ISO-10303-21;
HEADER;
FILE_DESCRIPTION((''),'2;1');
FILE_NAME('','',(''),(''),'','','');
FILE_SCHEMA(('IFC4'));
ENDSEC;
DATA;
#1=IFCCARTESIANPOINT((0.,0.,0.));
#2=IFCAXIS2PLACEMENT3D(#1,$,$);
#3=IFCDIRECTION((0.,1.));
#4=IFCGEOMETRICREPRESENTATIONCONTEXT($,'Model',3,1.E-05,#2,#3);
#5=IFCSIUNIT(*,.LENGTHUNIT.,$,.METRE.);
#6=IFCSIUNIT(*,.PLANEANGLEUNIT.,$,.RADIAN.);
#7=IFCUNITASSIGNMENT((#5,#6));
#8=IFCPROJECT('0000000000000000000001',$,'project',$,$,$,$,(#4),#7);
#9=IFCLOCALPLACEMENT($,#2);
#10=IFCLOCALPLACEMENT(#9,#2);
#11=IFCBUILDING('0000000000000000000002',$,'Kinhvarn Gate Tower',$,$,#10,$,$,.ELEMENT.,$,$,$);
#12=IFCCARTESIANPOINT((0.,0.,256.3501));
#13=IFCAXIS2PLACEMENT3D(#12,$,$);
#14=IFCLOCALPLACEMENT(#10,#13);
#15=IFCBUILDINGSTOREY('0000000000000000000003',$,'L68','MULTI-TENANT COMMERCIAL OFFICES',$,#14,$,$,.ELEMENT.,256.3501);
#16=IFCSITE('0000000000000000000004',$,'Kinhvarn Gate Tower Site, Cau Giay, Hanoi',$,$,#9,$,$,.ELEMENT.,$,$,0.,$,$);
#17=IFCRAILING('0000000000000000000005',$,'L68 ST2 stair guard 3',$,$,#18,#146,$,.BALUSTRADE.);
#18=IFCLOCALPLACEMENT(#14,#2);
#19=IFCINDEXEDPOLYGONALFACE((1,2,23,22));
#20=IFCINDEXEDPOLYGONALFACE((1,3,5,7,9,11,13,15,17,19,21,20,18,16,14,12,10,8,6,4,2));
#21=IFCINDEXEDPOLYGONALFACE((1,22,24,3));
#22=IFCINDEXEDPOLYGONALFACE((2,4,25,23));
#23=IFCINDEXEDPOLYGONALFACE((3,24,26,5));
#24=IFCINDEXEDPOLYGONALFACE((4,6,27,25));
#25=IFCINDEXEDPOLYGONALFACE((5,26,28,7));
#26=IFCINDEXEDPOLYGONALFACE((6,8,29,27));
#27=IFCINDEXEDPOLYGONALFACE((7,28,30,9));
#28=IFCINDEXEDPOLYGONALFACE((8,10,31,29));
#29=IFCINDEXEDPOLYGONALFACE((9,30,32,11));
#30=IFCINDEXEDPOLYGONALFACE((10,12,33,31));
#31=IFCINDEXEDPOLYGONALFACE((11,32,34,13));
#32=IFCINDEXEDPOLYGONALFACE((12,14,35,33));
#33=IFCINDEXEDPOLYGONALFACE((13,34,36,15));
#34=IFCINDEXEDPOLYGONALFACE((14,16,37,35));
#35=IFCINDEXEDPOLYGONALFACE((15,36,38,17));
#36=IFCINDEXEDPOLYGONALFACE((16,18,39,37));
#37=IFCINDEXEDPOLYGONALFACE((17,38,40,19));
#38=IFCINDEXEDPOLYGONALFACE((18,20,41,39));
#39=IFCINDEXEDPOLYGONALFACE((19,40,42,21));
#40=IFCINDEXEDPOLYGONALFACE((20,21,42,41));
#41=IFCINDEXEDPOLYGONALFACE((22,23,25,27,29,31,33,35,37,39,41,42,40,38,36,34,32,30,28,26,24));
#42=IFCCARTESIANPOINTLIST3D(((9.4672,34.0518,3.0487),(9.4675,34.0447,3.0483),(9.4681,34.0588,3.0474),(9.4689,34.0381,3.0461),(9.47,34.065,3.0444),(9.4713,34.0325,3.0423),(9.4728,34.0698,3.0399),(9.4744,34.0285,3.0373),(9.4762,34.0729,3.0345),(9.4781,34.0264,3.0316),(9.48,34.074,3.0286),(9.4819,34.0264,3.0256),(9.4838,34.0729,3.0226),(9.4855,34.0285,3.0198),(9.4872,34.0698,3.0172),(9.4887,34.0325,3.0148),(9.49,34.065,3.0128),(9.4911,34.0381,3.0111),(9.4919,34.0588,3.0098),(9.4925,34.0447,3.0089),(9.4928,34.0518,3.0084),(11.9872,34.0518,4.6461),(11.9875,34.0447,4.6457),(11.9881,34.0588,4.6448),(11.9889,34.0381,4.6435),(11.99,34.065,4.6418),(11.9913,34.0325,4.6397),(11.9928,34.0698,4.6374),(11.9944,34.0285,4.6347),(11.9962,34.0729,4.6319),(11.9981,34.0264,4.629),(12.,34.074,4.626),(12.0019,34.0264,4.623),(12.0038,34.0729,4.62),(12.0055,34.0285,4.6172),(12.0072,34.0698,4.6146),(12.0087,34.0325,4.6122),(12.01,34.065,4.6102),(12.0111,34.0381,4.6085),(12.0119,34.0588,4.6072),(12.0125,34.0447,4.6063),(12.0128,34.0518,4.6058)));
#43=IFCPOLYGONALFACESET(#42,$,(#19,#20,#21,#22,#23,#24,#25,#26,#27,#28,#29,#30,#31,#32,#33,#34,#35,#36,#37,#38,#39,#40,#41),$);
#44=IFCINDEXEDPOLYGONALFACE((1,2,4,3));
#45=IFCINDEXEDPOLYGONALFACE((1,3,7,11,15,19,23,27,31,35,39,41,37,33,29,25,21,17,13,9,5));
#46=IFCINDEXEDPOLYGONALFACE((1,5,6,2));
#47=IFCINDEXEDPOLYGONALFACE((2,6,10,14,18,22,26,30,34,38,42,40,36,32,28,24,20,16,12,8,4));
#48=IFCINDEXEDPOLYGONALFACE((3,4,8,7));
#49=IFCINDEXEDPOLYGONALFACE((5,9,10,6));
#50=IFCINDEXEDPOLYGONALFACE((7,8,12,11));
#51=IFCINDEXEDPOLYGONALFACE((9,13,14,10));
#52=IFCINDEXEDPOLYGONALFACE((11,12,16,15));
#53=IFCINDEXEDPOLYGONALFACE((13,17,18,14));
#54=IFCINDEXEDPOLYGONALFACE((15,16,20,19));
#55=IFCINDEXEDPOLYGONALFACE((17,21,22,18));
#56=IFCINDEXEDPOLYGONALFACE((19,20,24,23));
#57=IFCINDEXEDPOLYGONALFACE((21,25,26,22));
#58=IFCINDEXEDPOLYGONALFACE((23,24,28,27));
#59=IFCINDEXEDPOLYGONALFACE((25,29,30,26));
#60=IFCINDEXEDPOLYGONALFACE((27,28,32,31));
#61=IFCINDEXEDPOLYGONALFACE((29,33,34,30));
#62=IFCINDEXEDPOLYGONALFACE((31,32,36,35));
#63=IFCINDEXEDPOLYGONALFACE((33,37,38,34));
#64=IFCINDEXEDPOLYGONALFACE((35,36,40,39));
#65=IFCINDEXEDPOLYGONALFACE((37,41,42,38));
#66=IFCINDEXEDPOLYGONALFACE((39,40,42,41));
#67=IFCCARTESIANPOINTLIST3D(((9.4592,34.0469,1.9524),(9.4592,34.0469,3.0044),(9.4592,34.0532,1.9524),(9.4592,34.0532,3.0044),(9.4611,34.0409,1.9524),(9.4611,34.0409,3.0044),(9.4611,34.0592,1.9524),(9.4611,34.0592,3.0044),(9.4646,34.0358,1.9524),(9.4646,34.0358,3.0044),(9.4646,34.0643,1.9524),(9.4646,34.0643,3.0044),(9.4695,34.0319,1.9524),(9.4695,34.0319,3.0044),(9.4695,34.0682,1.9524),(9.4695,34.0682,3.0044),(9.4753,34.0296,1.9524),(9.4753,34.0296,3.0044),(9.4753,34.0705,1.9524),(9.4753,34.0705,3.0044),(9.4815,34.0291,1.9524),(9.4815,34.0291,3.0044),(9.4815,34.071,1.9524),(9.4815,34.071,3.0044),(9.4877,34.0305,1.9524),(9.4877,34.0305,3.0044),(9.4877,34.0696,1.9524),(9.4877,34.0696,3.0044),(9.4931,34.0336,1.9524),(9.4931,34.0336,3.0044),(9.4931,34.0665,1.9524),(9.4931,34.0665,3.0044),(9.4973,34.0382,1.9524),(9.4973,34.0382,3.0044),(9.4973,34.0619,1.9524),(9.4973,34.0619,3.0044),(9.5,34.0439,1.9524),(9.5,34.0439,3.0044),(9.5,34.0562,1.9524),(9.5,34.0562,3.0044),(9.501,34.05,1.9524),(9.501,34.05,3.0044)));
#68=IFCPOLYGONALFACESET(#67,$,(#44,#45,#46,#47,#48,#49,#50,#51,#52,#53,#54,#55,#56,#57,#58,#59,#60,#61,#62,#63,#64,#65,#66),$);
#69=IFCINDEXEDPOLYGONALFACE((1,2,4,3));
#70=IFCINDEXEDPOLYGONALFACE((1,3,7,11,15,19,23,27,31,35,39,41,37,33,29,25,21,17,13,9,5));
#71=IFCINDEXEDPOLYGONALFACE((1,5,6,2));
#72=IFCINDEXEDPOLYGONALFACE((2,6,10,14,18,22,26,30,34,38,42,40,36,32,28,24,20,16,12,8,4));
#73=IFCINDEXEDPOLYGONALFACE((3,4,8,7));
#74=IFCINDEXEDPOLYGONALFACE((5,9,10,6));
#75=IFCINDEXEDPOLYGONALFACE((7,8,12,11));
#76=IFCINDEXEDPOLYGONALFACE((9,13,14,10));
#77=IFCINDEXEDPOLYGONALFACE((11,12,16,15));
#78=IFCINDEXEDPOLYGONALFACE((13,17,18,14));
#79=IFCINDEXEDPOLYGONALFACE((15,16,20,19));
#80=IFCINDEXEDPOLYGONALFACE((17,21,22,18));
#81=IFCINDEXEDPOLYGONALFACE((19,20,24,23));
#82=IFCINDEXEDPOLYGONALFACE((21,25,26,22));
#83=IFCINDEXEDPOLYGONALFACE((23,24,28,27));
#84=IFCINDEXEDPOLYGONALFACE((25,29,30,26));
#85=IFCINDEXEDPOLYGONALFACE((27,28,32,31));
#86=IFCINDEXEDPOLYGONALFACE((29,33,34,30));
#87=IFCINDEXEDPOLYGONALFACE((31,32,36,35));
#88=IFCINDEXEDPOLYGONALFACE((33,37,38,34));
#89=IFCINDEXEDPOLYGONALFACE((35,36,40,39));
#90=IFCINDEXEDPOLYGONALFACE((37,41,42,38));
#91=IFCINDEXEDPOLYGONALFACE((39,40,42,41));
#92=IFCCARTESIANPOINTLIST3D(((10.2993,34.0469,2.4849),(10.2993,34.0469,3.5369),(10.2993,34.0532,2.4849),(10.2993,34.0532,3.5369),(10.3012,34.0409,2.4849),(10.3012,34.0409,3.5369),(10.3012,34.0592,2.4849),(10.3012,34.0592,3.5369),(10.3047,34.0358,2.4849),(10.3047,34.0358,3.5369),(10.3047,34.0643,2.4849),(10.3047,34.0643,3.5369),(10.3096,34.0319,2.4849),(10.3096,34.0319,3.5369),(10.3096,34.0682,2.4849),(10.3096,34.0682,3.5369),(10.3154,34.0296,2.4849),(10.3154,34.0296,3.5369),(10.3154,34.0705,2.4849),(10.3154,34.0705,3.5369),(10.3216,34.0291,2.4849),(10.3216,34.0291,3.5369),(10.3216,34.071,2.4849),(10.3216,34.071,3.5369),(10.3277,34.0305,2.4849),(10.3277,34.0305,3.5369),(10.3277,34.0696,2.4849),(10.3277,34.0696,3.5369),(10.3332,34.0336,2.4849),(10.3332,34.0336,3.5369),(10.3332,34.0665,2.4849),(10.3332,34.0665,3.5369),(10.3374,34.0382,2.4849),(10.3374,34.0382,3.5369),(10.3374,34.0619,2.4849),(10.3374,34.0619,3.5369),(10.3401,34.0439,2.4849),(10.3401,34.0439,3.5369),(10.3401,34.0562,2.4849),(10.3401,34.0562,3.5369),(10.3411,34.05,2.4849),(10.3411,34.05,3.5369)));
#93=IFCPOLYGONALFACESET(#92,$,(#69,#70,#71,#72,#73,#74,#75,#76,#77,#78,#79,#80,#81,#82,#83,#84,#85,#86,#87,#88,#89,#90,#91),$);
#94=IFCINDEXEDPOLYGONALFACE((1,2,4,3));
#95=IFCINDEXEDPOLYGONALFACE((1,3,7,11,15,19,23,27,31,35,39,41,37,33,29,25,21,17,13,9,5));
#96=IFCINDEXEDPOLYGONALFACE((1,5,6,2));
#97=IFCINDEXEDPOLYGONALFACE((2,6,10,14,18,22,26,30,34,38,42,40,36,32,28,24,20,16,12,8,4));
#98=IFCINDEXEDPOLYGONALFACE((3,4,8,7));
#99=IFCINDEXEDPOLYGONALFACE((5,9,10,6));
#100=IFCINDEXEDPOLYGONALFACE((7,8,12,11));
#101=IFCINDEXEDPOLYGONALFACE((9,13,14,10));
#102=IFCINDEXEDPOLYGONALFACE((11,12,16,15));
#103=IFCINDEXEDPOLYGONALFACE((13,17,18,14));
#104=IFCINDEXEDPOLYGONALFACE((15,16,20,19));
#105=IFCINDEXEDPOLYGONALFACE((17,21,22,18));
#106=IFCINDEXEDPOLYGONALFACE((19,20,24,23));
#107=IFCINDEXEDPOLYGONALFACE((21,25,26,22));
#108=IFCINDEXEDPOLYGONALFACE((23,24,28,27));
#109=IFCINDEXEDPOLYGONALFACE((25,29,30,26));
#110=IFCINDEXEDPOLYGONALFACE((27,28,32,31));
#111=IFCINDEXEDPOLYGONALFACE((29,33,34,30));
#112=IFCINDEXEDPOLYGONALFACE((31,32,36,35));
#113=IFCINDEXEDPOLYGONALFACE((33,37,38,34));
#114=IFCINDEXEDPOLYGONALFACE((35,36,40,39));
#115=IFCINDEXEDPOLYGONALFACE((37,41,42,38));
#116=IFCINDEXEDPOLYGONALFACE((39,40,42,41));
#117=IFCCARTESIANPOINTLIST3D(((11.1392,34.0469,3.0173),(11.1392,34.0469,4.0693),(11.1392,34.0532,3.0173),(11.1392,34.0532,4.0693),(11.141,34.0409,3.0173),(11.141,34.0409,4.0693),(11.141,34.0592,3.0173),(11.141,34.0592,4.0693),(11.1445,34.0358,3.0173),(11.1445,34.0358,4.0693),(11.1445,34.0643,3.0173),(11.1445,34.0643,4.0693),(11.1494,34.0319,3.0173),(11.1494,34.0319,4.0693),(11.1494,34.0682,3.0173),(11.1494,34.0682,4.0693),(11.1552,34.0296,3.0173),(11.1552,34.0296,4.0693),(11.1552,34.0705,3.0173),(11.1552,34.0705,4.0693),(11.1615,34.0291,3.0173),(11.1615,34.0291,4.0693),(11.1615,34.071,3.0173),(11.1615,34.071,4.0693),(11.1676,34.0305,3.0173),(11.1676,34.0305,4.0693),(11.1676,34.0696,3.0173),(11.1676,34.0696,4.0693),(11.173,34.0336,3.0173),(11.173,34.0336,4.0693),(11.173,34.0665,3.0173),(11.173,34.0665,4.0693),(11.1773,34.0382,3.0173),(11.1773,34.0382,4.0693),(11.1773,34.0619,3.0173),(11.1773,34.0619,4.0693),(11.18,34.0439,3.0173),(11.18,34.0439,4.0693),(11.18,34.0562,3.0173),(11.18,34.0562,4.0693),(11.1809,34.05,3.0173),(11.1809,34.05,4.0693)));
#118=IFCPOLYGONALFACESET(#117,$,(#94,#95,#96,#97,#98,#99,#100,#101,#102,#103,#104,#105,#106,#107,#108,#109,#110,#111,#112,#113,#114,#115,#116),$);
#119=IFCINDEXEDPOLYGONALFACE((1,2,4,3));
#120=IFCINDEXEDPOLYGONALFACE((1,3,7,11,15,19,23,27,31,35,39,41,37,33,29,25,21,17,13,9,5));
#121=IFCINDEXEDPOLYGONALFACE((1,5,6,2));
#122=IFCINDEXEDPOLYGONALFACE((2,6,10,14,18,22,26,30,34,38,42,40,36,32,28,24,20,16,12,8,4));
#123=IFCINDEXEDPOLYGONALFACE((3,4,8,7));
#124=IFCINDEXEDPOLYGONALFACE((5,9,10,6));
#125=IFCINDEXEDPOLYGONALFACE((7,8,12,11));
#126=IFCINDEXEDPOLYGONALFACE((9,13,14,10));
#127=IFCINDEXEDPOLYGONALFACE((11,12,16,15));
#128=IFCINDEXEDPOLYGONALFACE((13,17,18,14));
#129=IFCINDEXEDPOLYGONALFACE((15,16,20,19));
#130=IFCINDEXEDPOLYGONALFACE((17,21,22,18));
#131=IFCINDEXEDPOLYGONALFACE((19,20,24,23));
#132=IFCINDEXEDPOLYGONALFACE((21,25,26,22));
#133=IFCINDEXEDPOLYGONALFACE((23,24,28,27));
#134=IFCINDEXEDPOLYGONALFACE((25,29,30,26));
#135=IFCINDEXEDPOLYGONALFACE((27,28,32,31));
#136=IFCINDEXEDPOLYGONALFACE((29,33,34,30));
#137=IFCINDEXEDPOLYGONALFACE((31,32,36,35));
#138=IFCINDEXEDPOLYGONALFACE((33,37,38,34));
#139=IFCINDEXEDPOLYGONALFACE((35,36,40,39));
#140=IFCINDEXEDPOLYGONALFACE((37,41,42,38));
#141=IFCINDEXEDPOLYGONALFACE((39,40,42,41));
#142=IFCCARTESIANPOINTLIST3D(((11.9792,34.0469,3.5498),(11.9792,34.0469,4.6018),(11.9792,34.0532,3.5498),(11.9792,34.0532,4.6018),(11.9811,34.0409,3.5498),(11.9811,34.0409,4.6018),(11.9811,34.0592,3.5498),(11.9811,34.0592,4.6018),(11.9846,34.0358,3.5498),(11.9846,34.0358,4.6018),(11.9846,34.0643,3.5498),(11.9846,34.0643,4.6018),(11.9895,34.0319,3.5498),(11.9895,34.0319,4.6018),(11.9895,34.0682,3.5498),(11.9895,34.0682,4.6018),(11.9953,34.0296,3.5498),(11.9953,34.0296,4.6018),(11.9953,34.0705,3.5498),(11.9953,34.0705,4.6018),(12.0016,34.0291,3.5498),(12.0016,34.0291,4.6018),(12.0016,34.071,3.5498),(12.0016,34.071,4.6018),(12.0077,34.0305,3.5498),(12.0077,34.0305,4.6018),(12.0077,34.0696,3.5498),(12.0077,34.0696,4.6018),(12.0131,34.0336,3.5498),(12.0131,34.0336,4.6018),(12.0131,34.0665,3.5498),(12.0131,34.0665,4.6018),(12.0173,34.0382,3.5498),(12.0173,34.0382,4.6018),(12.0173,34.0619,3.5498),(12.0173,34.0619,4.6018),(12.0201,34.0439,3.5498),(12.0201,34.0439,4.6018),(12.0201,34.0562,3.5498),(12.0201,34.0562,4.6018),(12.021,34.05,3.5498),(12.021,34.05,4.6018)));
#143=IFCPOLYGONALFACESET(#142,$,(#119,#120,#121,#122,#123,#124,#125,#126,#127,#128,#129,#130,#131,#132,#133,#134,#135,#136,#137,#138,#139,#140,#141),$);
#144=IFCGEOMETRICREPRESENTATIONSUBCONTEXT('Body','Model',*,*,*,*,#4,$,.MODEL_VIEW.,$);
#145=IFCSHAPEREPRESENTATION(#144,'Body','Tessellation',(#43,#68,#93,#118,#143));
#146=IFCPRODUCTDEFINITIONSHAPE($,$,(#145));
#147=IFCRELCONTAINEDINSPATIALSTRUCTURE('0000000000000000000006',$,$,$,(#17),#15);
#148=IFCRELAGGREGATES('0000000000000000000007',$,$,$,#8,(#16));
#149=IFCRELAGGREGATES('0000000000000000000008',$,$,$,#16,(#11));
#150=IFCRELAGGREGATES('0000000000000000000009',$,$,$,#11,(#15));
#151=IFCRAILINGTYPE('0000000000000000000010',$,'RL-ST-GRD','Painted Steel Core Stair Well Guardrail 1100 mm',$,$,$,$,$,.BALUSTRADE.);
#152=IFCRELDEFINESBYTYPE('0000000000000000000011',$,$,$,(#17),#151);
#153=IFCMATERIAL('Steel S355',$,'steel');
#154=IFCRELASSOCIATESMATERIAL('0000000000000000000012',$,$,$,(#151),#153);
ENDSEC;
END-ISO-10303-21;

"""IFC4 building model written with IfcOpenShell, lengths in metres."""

from ifc_helpers import new_model, si_unit, direction, frame, origin, origin_2d, place, context, subcontext, project, spatial, circle, extrude, material, type_object, element, save


model = new_model("IFC4")

# Units and contexts
model_context = context("Model", 3, precision=1e-05, world=origin(), true_north=direction((0.0, 1.0)))
body_context = subcontext(model_context, "Body", "Model", "MODEL_VIEW")
ifc_project = project(units=[si_unit("LENGTHUNIT", "METRE"), si_unit("PLANEANGLEUNIT", "RADIAN")], contexts=[model_context])

# Site, building, storey
site_placement = place(None, origin())
site = spatial("IfcSite", under=ifc_project, at=site_placement, Name="Kinhvarn Gate Tower Site, Cau Giay, Hanoi", CompositionType="ELEMENT", RefElevation=0.0)
building_placement = place(site_placement, origin())
building = spatial("IfcBuilding", under=site, at=building_placement, Name="Kinhvarn Gate Tower", CompositionType="ELEMENT")
storey_placement = place(building_placement, frame((0.0, 0.0, 256.3501)))
storey = spatial("IfcBuildingStorey", under=building, at=storey_placement, Name="L68", Description="MULTI-TENANT COMMERCIAL OFFICES", CompositionType="ELEMENT", Elevation=256.3501)

# Railing
ifc_material_1 = material(Name="Steel S355", Category="steel")
railing_type_1 = type_object("IfcRailingType", Name="RL-ST-GRD", Description="Painted Steel Core Stair Well Guardrail 1100 mm", PredefinedType="BALUSTRADE", material=ifc_material_1)
railing_1_placement = place(storey_placement, frame((9.48, 34.05, 1.9524)))
element("IfcRailing", 1, at=railing_1_placement, inside=storey, type_object=railing_type_1, Name="L68 ST2 stair guard 3", PredefinedType="BALUSTRADE", context=body_context, shape_type="SweptSolid", body=[
    extrude(circle(Radius=0.0239, at=origin_2d()), frame((0.0, 0.0, 1.0762), z_axis=(0.844607, 0.0, 0.535387), x_axis=(0.0, 1.0, 0.0)), (0.0, 0.0, 1.0), 2.9836),
    extrude(circle(Radius=0.021, at=origin_2d()), origin(), (0.0, 0.0, 1.0), 1.052),
    extrude(circle(Radius=0.021, at=origin_2d()), frame((0.8401, 0.0, 0.5325)), (0.0, 0.0, 1.0), 1.052),
    extrude(circle(Radius=0.021, at=origin_2d()), frame((1.6799, 0.0, 1.0649)), (0.0, 0.0, 1.0), 1.052),
    extrude(circle(Radius=0.021, at=origin_2d()), frame((2.52, 0.0, 1.5974)), (0.0, 0.0, 1.0), 1.052),
])

save(model, "model.ifc")
